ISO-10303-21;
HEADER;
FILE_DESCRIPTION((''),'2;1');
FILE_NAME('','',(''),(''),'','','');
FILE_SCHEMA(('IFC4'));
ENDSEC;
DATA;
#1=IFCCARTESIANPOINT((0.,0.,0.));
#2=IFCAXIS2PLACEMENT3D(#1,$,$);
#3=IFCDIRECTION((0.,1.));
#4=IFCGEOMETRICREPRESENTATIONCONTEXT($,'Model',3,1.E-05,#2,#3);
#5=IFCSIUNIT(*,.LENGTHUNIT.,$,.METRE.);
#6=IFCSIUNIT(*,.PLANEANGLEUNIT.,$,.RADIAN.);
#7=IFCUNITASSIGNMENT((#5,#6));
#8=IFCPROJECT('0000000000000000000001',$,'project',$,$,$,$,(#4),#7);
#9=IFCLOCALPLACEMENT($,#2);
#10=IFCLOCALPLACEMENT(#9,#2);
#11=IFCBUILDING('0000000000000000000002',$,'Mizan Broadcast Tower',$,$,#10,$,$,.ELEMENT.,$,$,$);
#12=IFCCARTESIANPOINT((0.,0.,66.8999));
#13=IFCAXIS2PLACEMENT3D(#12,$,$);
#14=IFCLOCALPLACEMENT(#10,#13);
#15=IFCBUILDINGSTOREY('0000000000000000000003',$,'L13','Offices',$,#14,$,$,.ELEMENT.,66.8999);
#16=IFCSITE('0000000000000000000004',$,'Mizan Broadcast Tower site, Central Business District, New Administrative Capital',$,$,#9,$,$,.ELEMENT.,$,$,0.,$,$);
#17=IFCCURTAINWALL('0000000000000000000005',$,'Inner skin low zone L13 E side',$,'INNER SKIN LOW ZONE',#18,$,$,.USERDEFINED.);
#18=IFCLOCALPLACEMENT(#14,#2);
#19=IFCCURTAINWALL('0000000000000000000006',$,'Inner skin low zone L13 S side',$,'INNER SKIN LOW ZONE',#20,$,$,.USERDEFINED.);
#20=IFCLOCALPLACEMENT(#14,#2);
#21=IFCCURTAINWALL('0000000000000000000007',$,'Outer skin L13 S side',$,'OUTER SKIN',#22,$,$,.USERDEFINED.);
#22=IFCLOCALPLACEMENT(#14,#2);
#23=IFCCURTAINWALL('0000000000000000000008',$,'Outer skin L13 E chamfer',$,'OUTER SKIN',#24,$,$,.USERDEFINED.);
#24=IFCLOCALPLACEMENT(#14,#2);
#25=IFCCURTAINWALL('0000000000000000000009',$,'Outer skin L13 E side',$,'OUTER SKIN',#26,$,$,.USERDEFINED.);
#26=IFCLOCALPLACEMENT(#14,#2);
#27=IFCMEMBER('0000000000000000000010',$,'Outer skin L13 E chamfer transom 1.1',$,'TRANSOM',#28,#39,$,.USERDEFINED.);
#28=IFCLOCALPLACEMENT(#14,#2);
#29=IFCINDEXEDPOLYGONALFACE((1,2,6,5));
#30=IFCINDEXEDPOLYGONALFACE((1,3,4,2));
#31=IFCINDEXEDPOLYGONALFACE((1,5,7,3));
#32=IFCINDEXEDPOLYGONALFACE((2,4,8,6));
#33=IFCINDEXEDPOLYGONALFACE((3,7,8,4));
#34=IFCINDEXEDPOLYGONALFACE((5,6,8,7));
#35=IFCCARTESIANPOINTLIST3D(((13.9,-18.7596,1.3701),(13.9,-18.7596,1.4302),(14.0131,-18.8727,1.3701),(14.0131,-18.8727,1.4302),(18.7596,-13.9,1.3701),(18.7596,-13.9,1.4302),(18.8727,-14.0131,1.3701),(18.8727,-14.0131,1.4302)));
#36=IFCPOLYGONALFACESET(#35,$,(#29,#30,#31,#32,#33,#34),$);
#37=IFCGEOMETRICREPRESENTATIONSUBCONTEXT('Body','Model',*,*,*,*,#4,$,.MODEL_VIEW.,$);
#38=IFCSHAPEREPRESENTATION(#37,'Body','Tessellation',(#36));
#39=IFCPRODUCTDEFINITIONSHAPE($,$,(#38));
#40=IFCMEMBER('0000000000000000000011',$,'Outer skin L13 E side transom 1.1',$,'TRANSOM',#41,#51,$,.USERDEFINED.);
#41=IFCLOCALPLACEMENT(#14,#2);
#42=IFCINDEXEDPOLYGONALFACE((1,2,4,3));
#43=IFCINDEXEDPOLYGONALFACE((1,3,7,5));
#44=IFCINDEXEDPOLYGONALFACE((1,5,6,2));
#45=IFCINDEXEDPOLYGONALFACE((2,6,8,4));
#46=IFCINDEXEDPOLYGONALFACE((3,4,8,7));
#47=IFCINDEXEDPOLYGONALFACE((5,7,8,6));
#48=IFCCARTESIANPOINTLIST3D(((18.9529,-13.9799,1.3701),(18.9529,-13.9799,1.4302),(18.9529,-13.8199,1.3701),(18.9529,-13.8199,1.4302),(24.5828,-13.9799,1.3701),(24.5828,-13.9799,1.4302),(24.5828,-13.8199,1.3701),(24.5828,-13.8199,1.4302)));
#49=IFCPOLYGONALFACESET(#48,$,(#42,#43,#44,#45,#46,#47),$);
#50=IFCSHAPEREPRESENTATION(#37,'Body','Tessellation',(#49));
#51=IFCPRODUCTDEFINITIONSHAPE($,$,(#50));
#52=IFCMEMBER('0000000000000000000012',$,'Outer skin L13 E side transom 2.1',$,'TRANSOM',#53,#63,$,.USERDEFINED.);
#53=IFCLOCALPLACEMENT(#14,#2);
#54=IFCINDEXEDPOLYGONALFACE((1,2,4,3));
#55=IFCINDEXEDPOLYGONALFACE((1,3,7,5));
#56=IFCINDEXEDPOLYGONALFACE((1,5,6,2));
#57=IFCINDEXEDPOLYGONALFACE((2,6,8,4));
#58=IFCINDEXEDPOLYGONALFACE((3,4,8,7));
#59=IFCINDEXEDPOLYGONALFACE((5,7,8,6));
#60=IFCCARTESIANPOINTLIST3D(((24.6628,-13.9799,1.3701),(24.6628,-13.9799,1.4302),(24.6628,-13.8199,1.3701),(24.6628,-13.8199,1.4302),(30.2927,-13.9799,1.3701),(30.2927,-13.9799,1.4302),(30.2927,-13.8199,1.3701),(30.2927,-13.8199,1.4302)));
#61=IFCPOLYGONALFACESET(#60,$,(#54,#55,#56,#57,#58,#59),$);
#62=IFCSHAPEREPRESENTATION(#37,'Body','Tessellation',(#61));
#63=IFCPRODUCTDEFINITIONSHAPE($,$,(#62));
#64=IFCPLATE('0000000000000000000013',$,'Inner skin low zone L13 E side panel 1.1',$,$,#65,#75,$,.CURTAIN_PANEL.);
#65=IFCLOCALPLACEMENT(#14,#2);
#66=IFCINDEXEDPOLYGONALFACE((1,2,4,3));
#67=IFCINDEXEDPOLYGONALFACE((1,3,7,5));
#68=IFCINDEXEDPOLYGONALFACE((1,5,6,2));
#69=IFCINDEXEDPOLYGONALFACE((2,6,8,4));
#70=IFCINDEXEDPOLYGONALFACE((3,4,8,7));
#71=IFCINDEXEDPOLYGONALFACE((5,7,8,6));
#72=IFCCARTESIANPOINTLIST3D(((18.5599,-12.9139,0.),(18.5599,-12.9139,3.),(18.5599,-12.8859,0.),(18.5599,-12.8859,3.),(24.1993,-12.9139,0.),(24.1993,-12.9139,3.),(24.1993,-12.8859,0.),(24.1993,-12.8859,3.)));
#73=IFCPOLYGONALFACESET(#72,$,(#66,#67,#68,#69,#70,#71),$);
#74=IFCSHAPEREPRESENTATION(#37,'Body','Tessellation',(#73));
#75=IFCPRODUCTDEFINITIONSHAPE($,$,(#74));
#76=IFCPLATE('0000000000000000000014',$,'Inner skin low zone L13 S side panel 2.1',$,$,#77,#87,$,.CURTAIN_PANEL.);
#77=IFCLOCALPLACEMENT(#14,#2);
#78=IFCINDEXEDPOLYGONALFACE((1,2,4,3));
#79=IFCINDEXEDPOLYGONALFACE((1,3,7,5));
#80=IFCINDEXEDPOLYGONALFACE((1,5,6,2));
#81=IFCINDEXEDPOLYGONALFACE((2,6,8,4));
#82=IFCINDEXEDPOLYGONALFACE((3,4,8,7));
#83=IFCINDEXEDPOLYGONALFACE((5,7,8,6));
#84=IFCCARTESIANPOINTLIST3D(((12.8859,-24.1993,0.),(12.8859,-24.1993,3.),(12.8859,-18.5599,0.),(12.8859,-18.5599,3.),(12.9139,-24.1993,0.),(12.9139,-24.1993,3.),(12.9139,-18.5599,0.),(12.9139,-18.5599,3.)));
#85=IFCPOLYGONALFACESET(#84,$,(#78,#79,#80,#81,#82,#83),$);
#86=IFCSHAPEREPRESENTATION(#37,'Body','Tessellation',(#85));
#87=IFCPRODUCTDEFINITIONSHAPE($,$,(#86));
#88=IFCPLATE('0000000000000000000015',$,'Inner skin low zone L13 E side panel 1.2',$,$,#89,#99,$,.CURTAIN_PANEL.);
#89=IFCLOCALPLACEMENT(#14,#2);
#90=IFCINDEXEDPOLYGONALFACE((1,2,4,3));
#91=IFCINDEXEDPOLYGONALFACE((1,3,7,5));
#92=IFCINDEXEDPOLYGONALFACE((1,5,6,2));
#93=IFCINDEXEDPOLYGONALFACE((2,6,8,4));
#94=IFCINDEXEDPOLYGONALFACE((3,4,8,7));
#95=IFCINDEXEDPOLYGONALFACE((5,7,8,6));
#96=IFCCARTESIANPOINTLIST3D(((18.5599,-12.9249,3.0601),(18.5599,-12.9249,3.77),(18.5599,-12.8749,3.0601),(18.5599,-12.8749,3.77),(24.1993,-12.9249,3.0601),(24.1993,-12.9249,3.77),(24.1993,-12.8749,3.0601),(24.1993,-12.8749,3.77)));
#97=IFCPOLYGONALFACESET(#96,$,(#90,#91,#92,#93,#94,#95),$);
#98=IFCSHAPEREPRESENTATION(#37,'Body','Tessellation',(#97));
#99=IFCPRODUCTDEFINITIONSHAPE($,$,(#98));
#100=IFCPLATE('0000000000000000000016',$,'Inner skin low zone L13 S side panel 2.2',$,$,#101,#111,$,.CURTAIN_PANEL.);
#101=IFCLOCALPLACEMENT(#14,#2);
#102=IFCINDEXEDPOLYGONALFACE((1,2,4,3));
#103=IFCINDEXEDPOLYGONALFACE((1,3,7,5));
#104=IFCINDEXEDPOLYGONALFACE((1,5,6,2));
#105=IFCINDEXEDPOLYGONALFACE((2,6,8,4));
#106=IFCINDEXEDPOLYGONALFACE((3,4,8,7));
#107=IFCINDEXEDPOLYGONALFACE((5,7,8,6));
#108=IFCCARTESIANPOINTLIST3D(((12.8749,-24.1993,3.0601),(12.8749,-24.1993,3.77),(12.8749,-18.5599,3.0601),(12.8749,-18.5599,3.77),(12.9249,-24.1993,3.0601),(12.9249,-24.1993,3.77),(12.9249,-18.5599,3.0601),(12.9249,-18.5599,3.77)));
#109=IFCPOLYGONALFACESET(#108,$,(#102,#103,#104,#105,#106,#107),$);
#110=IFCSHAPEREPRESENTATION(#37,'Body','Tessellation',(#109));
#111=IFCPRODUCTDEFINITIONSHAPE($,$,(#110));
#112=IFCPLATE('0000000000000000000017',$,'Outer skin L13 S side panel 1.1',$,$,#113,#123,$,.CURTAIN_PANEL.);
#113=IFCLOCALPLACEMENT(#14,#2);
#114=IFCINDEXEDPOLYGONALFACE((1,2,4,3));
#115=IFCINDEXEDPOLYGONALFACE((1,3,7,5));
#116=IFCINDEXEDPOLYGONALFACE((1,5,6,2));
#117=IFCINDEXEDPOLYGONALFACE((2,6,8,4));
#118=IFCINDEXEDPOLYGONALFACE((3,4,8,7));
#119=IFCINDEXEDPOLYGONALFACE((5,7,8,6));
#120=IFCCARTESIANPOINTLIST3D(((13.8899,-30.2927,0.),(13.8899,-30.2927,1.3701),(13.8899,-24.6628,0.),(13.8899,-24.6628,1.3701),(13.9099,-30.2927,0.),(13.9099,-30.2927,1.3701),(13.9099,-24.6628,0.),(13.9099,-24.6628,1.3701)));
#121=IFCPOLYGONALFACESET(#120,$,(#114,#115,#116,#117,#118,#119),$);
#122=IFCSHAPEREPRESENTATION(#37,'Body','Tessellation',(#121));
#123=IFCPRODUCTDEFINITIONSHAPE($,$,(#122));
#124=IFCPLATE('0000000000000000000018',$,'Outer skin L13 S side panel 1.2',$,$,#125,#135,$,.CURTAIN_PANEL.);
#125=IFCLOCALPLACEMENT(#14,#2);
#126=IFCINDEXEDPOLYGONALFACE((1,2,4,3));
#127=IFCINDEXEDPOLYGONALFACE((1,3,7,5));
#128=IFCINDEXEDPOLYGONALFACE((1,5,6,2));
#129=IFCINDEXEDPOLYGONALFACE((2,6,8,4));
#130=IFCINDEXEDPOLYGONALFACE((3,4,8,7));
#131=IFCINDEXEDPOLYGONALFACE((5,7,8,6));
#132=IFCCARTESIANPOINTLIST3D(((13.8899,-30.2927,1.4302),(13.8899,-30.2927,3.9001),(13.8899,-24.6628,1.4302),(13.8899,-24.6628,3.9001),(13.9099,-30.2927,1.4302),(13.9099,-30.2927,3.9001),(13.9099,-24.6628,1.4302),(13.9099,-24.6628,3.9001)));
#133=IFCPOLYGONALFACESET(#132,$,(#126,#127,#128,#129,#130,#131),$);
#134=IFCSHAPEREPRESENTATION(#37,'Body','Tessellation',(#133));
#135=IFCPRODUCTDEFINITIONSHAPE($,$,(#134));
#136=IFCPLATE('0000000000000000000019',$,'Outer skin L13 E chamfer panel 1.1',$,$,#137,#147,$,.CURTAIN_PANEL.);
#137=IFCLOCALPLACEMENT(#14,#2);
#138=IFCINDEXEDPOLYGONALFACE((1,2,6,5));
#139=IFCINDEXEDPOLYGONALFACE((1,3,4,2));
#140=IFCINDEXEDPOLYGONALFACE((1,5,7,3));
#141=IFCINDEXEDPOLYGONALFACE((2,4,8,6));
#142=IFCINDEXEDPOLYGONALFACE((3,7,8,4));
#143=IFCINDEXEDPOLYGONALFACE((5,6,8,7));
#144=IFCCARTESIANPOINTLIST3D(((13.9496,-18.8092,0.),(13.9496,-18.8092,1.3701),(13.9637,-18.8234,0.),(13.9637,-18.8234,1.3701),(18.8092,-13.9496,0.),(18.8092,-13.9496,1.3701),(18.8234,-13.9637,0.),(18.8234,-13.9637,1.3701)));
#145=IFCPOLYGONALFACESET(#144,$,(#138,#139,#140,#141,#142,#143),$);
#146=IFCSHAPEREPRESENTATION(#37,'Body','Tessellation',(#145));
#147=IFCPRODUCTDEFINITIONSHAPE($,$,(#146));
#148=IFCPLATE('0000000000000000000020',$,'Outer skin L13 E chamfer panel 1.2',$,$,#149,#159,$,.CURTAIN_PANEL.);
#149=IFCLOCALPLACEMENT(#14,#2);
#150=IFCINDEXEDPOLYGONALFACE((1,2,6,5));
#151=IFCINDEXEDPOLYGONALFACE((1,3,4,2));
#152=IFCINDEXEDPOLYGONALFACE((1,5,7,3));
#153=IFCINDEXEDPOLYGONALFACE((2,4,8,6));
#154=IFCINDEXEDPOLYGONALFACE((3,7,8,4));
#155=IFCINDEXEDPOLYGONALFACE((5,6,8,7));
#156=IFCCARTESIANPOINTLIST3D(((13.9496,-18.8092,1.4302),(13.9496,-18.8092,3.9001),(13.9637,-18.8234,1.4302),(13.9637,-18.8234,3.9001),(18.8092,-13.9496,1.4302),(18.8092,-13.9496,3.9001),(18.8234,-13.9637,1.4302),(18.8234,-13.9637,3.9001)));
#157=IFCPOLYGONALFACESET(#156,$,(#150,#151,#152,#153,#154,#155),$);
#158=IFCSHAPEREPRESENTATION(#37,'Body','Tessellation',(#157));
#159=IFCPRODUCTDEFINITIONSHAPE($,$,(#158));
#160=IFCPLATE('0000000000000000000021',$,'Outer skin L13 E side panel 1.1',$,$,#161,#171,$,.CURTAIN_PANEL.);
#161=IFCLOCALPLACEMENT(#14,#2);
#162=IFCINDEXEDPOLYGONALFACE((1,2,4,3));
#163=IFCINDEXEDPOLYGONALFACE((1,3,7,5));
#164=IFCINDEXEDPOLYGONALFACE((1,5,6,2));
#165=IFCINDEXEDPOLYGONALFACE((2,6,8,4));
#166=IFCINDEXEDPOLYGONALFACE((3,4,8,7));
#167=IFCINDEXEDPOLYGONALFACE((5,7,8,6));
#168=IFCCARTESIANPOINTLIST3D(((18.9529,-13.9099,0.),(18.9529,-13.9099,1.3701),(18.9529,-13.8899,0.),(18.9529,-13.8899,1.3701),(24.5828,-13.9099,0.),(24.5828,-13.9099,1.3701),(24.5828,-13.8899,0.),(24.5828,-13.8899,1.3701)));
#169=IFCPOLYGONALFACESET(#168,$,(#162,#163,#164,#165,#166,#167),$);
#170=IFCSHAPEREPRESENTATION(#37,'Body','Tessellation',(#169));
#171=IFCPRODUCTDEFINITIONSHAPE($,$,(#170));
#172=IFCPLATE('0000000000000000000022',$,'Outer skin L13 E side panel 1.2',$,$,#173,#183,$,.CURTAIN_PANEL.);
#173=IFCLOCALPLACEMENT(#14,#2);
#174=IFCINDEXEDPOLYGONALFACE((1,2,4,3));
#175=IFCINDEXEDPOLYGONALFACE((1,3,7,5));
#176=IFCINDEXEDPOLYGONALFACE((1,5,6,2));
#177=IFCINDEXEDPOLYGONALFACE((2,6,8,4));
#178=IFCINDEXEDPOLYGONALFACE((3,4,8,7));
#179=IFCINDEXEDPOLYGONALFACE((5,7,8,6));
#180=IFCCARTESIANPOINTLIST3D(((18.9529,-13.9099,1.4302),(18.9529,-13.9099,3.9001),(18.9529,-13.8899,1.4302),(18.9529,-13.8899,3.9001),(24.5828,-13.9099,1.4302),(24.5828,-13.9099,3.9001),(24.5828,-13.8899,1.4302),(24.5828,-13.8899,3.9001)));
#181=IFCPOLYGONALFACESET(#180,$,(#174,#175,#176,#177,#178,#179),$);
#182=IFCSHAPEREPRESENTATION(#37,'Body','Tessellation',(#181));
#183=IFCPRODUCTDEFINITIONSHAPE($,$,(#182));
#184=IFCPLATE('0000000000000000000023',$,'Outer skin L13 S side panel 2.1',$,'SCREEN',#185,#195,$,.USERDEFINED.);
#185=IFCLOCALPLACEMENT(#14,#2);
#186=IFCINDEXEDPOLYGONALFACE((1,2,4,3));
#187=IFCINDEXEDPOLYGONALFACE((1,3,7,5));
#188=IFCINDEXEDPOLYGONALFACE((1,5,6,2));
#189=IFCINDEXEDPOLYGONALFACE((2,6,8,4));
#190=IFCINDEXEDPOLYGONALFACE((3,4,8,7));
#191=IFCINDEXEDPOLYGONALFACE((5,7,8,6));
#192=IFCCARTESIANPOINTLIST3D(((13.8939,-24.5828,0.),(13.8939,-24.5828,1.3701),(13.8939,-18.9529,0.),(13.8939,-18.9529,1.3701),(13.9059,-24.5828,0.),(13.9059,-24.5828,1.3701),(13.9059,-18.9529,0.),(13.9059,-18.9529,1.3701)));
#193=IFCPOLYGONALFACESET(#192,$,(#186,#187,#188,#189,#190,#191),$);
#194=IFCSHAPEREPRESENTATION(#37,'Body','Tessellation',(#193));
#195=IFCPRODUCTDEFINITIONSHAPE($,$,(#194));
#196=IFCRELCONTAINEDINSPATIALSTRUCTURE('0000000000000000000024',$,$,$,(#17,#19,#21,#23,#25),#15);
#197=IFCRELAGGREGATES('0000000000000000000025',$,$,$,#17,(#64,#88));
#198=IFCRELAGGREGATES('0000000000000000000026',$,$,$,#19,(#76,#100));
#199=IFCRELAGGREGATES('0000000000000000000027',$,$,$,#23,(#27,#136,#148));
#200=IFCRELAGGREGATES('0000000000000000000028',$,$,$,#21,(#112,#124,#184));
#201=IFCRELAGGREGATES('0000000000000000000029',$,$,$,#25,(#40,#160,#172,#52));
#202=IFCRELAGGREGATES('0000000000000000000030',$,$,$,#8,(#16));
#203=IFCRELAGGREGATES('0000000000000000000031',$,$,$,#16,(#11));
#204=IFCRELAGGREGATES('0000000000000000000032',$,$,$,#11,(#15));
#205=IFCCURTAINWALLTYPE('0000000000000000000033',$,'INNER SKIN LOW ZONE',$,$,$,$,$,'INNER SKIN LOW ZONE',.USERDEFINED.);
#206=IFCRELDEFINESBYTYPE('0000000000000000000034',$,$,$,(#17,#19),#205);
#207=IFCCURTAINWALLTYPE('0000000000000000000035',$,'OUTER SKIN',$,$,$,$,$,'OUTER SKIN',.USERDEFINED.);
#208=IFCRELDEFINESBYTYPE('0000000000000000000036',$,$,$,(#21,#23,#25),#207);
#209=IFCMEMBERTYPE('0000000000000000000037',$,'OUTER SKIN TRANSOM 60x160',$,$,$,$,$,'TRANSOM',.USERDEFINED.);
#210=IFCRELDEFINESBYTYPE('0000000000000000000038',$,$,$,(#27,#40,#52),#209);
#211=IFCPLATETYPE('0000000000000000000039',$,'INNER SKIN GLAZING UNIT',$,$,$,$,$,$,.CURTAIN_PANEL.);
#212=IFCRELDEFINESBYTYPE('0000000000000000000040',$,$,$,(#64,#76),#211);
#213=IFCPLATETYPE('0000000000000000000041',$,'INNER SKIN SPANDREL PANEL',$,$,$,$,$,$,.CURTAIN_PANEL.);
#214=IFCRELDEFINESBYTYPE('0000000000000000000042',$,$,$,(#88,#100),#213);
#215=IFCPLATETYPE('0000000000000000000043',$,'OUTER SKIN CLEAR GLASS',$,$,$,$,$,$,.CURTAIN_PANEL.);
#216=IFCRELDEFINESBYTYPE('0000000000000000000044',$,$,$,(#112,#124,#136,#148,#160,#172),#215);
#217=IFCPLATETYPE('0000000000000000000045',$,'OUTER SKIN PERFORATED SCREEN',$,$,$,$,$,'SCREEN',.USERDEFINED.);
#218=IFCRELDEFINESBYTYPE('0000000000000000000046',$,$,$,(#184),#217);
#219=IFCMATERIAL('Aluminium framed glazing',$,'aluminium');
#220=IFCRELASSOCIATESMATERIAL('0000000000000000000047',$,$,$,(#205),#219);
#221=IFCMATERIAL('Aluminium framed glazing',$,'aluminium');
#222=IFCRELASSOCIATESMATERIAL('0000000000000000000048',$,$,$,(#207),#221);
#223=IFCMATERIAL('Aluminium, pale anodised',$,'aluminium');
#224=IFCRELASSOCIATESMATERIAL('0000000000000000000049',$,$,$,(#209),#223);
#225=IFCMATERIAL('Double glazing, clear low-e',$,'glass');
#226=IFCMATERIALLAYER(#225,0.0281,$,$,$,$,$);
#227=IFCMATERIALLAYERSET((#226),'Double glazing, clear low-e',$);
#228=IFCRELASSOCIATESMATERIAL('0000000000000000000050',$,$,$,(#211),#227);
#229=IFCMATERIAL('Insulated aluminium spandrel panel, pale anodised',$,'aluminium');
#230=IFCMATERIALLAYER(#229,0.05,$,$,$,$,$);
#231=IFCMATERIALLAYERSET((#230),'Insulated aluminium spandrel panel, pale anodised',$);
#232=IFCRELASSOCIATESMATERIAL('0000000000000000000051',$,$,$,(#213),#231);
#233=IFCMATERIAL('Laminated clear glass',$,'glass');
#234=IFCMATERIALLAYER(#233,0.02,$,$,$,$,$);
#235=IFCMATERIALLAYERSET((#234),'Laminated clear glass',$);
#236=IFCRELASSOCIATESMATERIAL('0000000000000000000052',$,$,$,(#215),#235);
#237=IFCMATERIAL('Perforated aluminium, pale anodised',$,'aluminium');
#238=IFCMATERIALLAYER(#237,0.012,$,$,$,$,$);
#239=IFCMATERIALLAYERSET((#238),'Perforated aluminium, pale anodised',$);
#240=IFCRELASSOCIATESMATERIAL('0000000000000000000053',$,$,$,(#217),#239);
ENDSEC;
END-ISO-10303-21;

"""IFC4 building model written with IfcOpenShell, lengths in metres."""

from ifc_helpers import new_model, si_unit, direction, frame, origin, origin_2d, place, context, subcontext, project, spatial, rectangle, extrude, material, layer, layer_set, material_profile, profile_set, type_object, element, aggregate, save


model = new_model("IFC4")

# Units and contexts
model_context = context("Model", 3, precision=1e-05, world=origin(), true_north=direction((0.0, 1.0)))
body_context = subcontext(model_context, "Body", "Model", "MODEL_VIEW")
ifc_project = project(units=[si_unit("LENGTHUNIT", "METRE"), si_unit("PLANEANGLEUNIT", "RADIAN")], contexts=[model_context])

# Site, building, storey
site_placement = place(None, origin())
site = spatial("IfcSite", under=ifc_project, at=site_placement, Name="Mizan Broadcast Tower site, Central Business District, New Administrative Capital", CompositionType="ELEMENT", RefElevation=0.0)
building_placement = place(site_placement, origin())
building = spatial("IfcBuilding", under=site, at=building_placement, Name="Mizan Broadcast Tower", CompositionType="ELEMENT")
storey_placement = place(building_placement, frame((0.0, 0.0, 66.8999)))
storey = spatial("IfcBuildingStorey", under=building, at=storey_placement, Name="L13", Description="Offices", CompositionType="ELEMENT", Elevation=66.8999)

# Curtain walls
ifc_material_1 = material(Name="Aluminium framed glazing", Category="aluminium")
curtain_wall_type_1 = type_object("IfcCurtainWallType", Name="INNER SKIN LOW ZONE", ElementType="INNER SKIN LOW ZONE", PredefinedType="USERDEFINED", material=ifc_material_1)
curtain_wall_1_placement = place(storey_placement, origin())
curtain_wall_1 = element("IfcCurtainWall", 1, at=curtain_wall_1_placement, inside=storey, type_object=curtain_wall_type_1, Name="Inner skin low zone L13 E side", ObjectType="INNER SKIN LOW ZONE", PredefinedType="USERDEFINED")
curtain_wall_2_placement = place(storey_placement, origin())
curtain_wall_2 = element("IfcCurtainWall", 2, at=curtain_wall_2_placement, inside=storey, type_object=curtain_wall_type_1, Name="Inner skin low zone L13 S side", ObjectType="INNER SKIN LOW ZONE", PredefinedType="USERDEFINED")

# Shared definitions
ifc_material_2 = material(Name="Aluminium framed glazing", Category="aluminium")
curtain_wall_type_2 = type_object("IfcCurtainWallType", Name="OUTER SKIN", ElementType="OUTER SKIN", PredefinedType="USERDEFINED", material=ifc_material_2)

# Curtain wall
curtain_wall_3_placement = place(storey_placement, origin())
curtain_wall_3 = element("IfcCurtainWall", 3, at=curtain_wall_3_placement, inside=storey, type_object=curtain_wall_type_2, Name="Outer skin L13 S side", ObjectType="OUTER SKIN", PredefinedType="USERDEFINED")

# Curtain wall
curtain_wall_4_placement = place(storey_placement, origin())
curtain_wall_4 = element("IfcCurtainWall", 4, at=curtain_wall_4_placement, inside=storey, type_object=curtain_wall_type_2, Name="Outer skin L13 E chamfer", ObjectType="OUTER SKIN", PredefinedType="USERDEFINED")

# Curtain wall
curtain_wall_5_placement = place(storey_placement, origin())
curtain_wall_5 = element("IfcCurtainWall", 5, at=curtain_wall_5_placement, inside=storey, type_object=curtain_wall_type_2, Name="Outer skin L13 E side", ObjectType="OUTER SKIN", PredefinedType="USERDEFINED")

# Shared definitions
ifc_material_3 = material(Name="Aluminium, pale anodised", Category="aluminium")
ifc_material_profile_1 = material_profile(ifc_material_3, rectangle(XDim=0.1599, YDim=0.0601, at=origin_2d()), Name="TRANSOM 160x60")
ifc_profile_set_1 = profile_set([ifc_material_profile_1], Name="Aluminium, pale anodised")
member_type_1 = type_object("IfcMemberType", Name="OUTER SKIN TRANSOM 60x160", ElementType="TRANSOM", PredefinedType="USERDEFINED", material=ifc_profile_set_1)

# Members
member_1_placement = place(storey_placement, frame((13.9565, -18.8162, 1.4001), z_axis=(0.707107, 0.707107, 0.0), x_axis=(-0.707107, 0.707107, 0.0)))
member_1 = element("IfcMember", 6, at=member_1_placement, type_object=member_type_1, Name="Outer skin L13 E chamfer transom 1.1", ObjectType="TRANSOM", PredefinedType="USERDEFINED", context=body_context, shape_type="SweptSolid", body=[
    extrude(rectangle(XDim=0.1599, YDim=0.0601, at=origin_2d()), origin(), (0.0, 0.0, 1.0), 6.8726),
])
member_2_placement = place(storey_placement, frame((18.9529, -13.8999, 1.4001), z_axis=(1.0, 0.0, 0.0), x_axis=(0.0, 1.0, 0.0)))
member_2 = element("IfcMember", 7, at=member_2_placement, type_object=member_type_1, Name="Outer skin L13 E side transom 1.1", ObjectType="TRANSOM", PredefinedType="USERDEFINED", context=body_context, shape_type="SweptSolid", body=[
    extrude(rectangle(XDim=0.1599, YDim=0.0601, at=origin_2d()), origin(), (0.0, 0.0, 1.0), 5.6299),
])
member_3_placement = place(storey_placement, frame((24.6628, -13.8999, 1.4001), z_axis=(1.0, 0.0, 0.0), x_axis=(0.0, 1.0, 0.0)))
member_3 = element("IfcMember", 8, at=member_3_placement, type_object=member_type_1, Name="Outer skin L13 E side transom 2.1", ObjectType="TRANSOM", PredefinedType="USERDEFINED", context=body_context, shape_type="SweptSolid", body=[
    extrude(rectangle(XDim=0.1599, YDim=0.0601, at=origin_2d()), origin(), (0.0, 0.0, 1.0), 5.6299),
])

# Plates
ifc_material_4 = material(Name="Double glazing, clear low-e", Category="glass")
ifc_layer_1 = layer(ifc_material_4, 0.0281)
ifc_layer_set_1 = layer_set([ifc_layer_1], Name="Double glazing, clear low-e")
plate_type_1 = type_object("IfcPlateType", Name="INNER SKIN GLAZING UNIT", PredefinedType="CURTAIN_PANEL", material=ifc_layer_set_1)
plate_1_placement = place(storey_placement, frame((21.3796, -12.8999, 0.0), z_axis=(0.0, 0.0, 1.0), x_axis=(1.0, 0.0, 0.0)))
plate_1 = element("IfcPlate", 9, at=plate_1_placement, type_object=plate_type_1, Name="Inner skin low zone L13 E side panel 1.1", PredefinedType="CURTAIN_PANEL", context=body_context, shape_type="SweptSolid", body=[
    extrude(rectangle(XDim=5.6394, YDim=0.0281, at=origin_2d()), origin(), (0.0, 0.0, 1.0), 3.0),
])
plate_2_placement = place(storey_placement, frame((12.8999, -21.3796, 0.0), z_axis=(0.0, 0.0, 1.0), x_axis=(0.0, 1.0, 0.0)))
plate_2 = element("IfcPlate", 10, at=plate_2_placement, type_object=plate_type_1, Name="Inner skin low zone L13 S side panel 2.1", PredefinedType="CURTAIN_PANEL", context=body_context, shape_type="SweptSolid", body=[
    extrude(rectangle(XDim=5.6394, YDim=0.0281, at=origin_2d()), origin(), (0.0, 0.0, 1.0), 3.0),
])
ifc_material_5 = material(Name="Insulated aluminium spandrel panel, pale anodised", Category="aluminium")
ifc_layer_2 = layer(ifc_material_5, 0.05)
ifc_layer_set_2 = layer_set([ifc_layer_2], Name="Insulated aluminium spandrel panel, pale anodised")
plate_type_2 = type_object("IfcPlateType", Name="INNER SKIN SPANDREL PANEL", PredefinedType="CURTAIN_PANEL", material=ifc_layer_set_2)
plate_3_placement = place(storey_placement, frame((21.3796, -12.8999, 3.0601), z_axis=(0.0, 0.0, 1.0), x_axis=(1.0, 0.0, 0.0)))
plate_3 = element("IfcPlate", 11, at=plate_3_placement, type_object=plate_type_2, Name="Inner skin low zone L13 E side panel 1.2", PredefinedType="CURTAIN_PANEL", context=body_context, shape_type="SweptSolid", body=[
    extrude(rectangle(XDim=5.6394, YDim=0.05, at=origin_2d()), origin(), (0.0, 0.0, 1.0), 0.71),
])
aggregate(curtain_wall_1, [plate_1, plate_3])
plate_4_placement = place(storey_placement, frame((12.8999, -21.3796, 3.0601), z_axis=(0.0, 0.0, 1.0), x_axis=(0.0, 1.0, 0.0)))
plate_4 = element("IfcPlate", 12, at=plate_4_placement, type_object=plate_type_2, Name="Inner skin low zone L13 S side panel 2.2", PredefinedType="CURTAIN_PANEL", context=body_context, shape_type="SweptSolid", body=[
    extrude(rectangle(XDim=5.6394, YDim=0.05, at=origin_2d()), origin(), (0.0, 0.0, 1.0), 0.71),
])
aggregate(curtain_wall_2, [plate_2, plate_4])
ifc_material_6 = material(Name="Laminated clear glass", Category="glass")
ifc_layer_3 = layer(ifc_material_6, 0.02)
ifc_layer_set_3 = layer_set([ifc_layer_3], Name="Laminated clear glass")
plate_type_3 = type_object("IfcPlateType", Name="OUTER SKIN CLEAR GLASS", PredefinedType="CURTAIN_PANEL", material=ifc_layer_set_3)
plate_5_placement = place(storey_placement, frame((13.8999, -27.4778, 0.0), z_axis=(0.0, 0.0, 1.0), x_axis=(0.0, 1.0, 0.0)))
plate_5 = element("IfcPlate", 13, at=plate_5_placement, type_object=plate_type_3, Name="Outer skin L13 S side panel 1.1", PredefinedType="CURTAIN_PANEL", context=body_context, shape_type="SweptSolid", body=[
    extrude(rectangle(XDim=5.6299, YDim=0.02, at=origin_2d()), origin(), (0.0, 0.0, 1.0), 1.3701),
])
plate_6_placement = place(storey_placement, frame((13.8999, -27.4778, 1.4302), z_axis=(0.0, 0.0, 1.0), x_axis=(0.0, 1.0, 0.0)))
plate_6 = element("IfcPlate", 14, at=plate_6_placement, type_object=plate_type_3, Name="Outer skin L13 S side panel 1.2", PredefinedType="CURTAIN_PANEL", context=body_context, shape_type="SweptSolid", body=[
    extrude(rectangle(XDim=5.6299, YDim=0.02, at=origin_2d()), origin(), (0.0, 0.0, 1.0), 2.47),
])
plate_7_placement = place(storey_placement, frame((16.3865, -16.3865, 0.0), z_axis=(0.0, 0.0, 1.0), x_axis=(0.707107, 0.707107, 0.0)))
plate_7 = element("IfcPlate", 15, at=plate_7_placement, type_object=plate_type_3, Name="Outer skin L13 E chamfer panel 1.1", PredefinedType="CURTAIN_PANEL", context=body_context, shape_type="SweptSolid", body=[
    extrude(rectangle(XDim=6.8726, YDim=0.02, at=origin_2d()), origin(), (0.0, 0.0, 1.0), 1.3701),
])
plate_8_placement = place(storey_placement, frame((16.3865, -16.3865, 1.4302), z_axis=(0.0, 0.0, 1.0), x_axis=(0.707107, 0.707107, 0.0)))
plate_8 = element("IfcPlate", 16, at=plate_8_placement, type_object=plate_type_3, Name="Outer skin L13 E chamfer panel 1.2", PredefinedType="CURTAIN_PANEL", context=body_context, shape_type="SweptSolid", body=[
    extrude(rectangle(XDim=6.8726, YDim=0.02, at=origin_2d()), origin(), (0.0, 0.0, 1.0), 2.47),
])
aggregate(curtain_wall_4, [member_1, plate_7, plate_8])
plate_9_placement = place(storey_placement, frame((21.7678, -13.8999, 0.0), z_axis=(0.0, 0.0, 1.0), x_axis=(1.0, 0.0, 0.0)))
plate_9 = element("IfcPlate", 17, at=plate_9_placement, type_object=plate_type_3, Name="Outer skin L13 E side panel 1.1", PredefinedType="CURTAIN_PANEL", context=body_context, shape_type="SweptSolid", body=[
    extrude(rectangle(XDim=5.6299, YDim=0.02, at=origin_2d()), origin(), (0.0, 0.0, 1.0), 1.3701),
])
plate_10_placement = place(storey_placement, frame((21.7678, -13.8999, 1.4302), z_axis=(0.0, 0.0, 1.0), x_axis=(1.0, 0.0, 0.0)))
plate_10 = element("IfcPlate", 18, at=plate_10_placement, type_object=plate_type_3, Name="Outer skin L13 E side panel 1.2", PredefinedType="CURTAIN_PANEL", context=body_context, shape_type="SweptSolid", body=[
    extrude(rectangle(XDim=5.6299, YDim=0.02, at=origin_2d()), origin(), (0.0, 0.0, 1.0), 2.47),
])
ifc_material_7 = material(Name="Perforated aluminium, pale anodised", Category="aluminium")
ifc_layer_4 = layer(ifc_material_7, 0.012)
ifc_layer_set_4 = layer_set([ifc_layer_4], Name="Perforated aluminium, pale anodised")
plate_type_4 = type_object("IfcPlateType", Name="OUTER SKIN PERFORATED SCREEN", ElementType="SCREEN", PredefinedType="USERDEFINED", material=ifc_layer_set_4)
plate_11_placement = place(storey_placement, frame((13.8999, -21.7678, 0.0), z_axis=(0.0, 0.0, 1.0), x_axis=(0.0, 1.0, 0.0)))
plate_11 = element("IfcPlate", 19, at=plate_11_placement, type_object=plate_type_4, Name="Outer skin L13 S side panel 2.1", ObjectType="SCREEN", PredefinedType="USERDEFINED", context=body_context, shape_type="SweptSolid", body=[
    extrude(rectangle(XDim=5.6299, YDim=0.012, at=origin_2d()), origin(), (0.0, 0.0, 1.0), 1.3701),
])
aggregate(curtain_wall_3, [plate_5, plate_6, plate_11])
aggregate(curtain_wall_5, [member_2, plate_9, plate_10, member_3])

save(model, "model.ifc")
